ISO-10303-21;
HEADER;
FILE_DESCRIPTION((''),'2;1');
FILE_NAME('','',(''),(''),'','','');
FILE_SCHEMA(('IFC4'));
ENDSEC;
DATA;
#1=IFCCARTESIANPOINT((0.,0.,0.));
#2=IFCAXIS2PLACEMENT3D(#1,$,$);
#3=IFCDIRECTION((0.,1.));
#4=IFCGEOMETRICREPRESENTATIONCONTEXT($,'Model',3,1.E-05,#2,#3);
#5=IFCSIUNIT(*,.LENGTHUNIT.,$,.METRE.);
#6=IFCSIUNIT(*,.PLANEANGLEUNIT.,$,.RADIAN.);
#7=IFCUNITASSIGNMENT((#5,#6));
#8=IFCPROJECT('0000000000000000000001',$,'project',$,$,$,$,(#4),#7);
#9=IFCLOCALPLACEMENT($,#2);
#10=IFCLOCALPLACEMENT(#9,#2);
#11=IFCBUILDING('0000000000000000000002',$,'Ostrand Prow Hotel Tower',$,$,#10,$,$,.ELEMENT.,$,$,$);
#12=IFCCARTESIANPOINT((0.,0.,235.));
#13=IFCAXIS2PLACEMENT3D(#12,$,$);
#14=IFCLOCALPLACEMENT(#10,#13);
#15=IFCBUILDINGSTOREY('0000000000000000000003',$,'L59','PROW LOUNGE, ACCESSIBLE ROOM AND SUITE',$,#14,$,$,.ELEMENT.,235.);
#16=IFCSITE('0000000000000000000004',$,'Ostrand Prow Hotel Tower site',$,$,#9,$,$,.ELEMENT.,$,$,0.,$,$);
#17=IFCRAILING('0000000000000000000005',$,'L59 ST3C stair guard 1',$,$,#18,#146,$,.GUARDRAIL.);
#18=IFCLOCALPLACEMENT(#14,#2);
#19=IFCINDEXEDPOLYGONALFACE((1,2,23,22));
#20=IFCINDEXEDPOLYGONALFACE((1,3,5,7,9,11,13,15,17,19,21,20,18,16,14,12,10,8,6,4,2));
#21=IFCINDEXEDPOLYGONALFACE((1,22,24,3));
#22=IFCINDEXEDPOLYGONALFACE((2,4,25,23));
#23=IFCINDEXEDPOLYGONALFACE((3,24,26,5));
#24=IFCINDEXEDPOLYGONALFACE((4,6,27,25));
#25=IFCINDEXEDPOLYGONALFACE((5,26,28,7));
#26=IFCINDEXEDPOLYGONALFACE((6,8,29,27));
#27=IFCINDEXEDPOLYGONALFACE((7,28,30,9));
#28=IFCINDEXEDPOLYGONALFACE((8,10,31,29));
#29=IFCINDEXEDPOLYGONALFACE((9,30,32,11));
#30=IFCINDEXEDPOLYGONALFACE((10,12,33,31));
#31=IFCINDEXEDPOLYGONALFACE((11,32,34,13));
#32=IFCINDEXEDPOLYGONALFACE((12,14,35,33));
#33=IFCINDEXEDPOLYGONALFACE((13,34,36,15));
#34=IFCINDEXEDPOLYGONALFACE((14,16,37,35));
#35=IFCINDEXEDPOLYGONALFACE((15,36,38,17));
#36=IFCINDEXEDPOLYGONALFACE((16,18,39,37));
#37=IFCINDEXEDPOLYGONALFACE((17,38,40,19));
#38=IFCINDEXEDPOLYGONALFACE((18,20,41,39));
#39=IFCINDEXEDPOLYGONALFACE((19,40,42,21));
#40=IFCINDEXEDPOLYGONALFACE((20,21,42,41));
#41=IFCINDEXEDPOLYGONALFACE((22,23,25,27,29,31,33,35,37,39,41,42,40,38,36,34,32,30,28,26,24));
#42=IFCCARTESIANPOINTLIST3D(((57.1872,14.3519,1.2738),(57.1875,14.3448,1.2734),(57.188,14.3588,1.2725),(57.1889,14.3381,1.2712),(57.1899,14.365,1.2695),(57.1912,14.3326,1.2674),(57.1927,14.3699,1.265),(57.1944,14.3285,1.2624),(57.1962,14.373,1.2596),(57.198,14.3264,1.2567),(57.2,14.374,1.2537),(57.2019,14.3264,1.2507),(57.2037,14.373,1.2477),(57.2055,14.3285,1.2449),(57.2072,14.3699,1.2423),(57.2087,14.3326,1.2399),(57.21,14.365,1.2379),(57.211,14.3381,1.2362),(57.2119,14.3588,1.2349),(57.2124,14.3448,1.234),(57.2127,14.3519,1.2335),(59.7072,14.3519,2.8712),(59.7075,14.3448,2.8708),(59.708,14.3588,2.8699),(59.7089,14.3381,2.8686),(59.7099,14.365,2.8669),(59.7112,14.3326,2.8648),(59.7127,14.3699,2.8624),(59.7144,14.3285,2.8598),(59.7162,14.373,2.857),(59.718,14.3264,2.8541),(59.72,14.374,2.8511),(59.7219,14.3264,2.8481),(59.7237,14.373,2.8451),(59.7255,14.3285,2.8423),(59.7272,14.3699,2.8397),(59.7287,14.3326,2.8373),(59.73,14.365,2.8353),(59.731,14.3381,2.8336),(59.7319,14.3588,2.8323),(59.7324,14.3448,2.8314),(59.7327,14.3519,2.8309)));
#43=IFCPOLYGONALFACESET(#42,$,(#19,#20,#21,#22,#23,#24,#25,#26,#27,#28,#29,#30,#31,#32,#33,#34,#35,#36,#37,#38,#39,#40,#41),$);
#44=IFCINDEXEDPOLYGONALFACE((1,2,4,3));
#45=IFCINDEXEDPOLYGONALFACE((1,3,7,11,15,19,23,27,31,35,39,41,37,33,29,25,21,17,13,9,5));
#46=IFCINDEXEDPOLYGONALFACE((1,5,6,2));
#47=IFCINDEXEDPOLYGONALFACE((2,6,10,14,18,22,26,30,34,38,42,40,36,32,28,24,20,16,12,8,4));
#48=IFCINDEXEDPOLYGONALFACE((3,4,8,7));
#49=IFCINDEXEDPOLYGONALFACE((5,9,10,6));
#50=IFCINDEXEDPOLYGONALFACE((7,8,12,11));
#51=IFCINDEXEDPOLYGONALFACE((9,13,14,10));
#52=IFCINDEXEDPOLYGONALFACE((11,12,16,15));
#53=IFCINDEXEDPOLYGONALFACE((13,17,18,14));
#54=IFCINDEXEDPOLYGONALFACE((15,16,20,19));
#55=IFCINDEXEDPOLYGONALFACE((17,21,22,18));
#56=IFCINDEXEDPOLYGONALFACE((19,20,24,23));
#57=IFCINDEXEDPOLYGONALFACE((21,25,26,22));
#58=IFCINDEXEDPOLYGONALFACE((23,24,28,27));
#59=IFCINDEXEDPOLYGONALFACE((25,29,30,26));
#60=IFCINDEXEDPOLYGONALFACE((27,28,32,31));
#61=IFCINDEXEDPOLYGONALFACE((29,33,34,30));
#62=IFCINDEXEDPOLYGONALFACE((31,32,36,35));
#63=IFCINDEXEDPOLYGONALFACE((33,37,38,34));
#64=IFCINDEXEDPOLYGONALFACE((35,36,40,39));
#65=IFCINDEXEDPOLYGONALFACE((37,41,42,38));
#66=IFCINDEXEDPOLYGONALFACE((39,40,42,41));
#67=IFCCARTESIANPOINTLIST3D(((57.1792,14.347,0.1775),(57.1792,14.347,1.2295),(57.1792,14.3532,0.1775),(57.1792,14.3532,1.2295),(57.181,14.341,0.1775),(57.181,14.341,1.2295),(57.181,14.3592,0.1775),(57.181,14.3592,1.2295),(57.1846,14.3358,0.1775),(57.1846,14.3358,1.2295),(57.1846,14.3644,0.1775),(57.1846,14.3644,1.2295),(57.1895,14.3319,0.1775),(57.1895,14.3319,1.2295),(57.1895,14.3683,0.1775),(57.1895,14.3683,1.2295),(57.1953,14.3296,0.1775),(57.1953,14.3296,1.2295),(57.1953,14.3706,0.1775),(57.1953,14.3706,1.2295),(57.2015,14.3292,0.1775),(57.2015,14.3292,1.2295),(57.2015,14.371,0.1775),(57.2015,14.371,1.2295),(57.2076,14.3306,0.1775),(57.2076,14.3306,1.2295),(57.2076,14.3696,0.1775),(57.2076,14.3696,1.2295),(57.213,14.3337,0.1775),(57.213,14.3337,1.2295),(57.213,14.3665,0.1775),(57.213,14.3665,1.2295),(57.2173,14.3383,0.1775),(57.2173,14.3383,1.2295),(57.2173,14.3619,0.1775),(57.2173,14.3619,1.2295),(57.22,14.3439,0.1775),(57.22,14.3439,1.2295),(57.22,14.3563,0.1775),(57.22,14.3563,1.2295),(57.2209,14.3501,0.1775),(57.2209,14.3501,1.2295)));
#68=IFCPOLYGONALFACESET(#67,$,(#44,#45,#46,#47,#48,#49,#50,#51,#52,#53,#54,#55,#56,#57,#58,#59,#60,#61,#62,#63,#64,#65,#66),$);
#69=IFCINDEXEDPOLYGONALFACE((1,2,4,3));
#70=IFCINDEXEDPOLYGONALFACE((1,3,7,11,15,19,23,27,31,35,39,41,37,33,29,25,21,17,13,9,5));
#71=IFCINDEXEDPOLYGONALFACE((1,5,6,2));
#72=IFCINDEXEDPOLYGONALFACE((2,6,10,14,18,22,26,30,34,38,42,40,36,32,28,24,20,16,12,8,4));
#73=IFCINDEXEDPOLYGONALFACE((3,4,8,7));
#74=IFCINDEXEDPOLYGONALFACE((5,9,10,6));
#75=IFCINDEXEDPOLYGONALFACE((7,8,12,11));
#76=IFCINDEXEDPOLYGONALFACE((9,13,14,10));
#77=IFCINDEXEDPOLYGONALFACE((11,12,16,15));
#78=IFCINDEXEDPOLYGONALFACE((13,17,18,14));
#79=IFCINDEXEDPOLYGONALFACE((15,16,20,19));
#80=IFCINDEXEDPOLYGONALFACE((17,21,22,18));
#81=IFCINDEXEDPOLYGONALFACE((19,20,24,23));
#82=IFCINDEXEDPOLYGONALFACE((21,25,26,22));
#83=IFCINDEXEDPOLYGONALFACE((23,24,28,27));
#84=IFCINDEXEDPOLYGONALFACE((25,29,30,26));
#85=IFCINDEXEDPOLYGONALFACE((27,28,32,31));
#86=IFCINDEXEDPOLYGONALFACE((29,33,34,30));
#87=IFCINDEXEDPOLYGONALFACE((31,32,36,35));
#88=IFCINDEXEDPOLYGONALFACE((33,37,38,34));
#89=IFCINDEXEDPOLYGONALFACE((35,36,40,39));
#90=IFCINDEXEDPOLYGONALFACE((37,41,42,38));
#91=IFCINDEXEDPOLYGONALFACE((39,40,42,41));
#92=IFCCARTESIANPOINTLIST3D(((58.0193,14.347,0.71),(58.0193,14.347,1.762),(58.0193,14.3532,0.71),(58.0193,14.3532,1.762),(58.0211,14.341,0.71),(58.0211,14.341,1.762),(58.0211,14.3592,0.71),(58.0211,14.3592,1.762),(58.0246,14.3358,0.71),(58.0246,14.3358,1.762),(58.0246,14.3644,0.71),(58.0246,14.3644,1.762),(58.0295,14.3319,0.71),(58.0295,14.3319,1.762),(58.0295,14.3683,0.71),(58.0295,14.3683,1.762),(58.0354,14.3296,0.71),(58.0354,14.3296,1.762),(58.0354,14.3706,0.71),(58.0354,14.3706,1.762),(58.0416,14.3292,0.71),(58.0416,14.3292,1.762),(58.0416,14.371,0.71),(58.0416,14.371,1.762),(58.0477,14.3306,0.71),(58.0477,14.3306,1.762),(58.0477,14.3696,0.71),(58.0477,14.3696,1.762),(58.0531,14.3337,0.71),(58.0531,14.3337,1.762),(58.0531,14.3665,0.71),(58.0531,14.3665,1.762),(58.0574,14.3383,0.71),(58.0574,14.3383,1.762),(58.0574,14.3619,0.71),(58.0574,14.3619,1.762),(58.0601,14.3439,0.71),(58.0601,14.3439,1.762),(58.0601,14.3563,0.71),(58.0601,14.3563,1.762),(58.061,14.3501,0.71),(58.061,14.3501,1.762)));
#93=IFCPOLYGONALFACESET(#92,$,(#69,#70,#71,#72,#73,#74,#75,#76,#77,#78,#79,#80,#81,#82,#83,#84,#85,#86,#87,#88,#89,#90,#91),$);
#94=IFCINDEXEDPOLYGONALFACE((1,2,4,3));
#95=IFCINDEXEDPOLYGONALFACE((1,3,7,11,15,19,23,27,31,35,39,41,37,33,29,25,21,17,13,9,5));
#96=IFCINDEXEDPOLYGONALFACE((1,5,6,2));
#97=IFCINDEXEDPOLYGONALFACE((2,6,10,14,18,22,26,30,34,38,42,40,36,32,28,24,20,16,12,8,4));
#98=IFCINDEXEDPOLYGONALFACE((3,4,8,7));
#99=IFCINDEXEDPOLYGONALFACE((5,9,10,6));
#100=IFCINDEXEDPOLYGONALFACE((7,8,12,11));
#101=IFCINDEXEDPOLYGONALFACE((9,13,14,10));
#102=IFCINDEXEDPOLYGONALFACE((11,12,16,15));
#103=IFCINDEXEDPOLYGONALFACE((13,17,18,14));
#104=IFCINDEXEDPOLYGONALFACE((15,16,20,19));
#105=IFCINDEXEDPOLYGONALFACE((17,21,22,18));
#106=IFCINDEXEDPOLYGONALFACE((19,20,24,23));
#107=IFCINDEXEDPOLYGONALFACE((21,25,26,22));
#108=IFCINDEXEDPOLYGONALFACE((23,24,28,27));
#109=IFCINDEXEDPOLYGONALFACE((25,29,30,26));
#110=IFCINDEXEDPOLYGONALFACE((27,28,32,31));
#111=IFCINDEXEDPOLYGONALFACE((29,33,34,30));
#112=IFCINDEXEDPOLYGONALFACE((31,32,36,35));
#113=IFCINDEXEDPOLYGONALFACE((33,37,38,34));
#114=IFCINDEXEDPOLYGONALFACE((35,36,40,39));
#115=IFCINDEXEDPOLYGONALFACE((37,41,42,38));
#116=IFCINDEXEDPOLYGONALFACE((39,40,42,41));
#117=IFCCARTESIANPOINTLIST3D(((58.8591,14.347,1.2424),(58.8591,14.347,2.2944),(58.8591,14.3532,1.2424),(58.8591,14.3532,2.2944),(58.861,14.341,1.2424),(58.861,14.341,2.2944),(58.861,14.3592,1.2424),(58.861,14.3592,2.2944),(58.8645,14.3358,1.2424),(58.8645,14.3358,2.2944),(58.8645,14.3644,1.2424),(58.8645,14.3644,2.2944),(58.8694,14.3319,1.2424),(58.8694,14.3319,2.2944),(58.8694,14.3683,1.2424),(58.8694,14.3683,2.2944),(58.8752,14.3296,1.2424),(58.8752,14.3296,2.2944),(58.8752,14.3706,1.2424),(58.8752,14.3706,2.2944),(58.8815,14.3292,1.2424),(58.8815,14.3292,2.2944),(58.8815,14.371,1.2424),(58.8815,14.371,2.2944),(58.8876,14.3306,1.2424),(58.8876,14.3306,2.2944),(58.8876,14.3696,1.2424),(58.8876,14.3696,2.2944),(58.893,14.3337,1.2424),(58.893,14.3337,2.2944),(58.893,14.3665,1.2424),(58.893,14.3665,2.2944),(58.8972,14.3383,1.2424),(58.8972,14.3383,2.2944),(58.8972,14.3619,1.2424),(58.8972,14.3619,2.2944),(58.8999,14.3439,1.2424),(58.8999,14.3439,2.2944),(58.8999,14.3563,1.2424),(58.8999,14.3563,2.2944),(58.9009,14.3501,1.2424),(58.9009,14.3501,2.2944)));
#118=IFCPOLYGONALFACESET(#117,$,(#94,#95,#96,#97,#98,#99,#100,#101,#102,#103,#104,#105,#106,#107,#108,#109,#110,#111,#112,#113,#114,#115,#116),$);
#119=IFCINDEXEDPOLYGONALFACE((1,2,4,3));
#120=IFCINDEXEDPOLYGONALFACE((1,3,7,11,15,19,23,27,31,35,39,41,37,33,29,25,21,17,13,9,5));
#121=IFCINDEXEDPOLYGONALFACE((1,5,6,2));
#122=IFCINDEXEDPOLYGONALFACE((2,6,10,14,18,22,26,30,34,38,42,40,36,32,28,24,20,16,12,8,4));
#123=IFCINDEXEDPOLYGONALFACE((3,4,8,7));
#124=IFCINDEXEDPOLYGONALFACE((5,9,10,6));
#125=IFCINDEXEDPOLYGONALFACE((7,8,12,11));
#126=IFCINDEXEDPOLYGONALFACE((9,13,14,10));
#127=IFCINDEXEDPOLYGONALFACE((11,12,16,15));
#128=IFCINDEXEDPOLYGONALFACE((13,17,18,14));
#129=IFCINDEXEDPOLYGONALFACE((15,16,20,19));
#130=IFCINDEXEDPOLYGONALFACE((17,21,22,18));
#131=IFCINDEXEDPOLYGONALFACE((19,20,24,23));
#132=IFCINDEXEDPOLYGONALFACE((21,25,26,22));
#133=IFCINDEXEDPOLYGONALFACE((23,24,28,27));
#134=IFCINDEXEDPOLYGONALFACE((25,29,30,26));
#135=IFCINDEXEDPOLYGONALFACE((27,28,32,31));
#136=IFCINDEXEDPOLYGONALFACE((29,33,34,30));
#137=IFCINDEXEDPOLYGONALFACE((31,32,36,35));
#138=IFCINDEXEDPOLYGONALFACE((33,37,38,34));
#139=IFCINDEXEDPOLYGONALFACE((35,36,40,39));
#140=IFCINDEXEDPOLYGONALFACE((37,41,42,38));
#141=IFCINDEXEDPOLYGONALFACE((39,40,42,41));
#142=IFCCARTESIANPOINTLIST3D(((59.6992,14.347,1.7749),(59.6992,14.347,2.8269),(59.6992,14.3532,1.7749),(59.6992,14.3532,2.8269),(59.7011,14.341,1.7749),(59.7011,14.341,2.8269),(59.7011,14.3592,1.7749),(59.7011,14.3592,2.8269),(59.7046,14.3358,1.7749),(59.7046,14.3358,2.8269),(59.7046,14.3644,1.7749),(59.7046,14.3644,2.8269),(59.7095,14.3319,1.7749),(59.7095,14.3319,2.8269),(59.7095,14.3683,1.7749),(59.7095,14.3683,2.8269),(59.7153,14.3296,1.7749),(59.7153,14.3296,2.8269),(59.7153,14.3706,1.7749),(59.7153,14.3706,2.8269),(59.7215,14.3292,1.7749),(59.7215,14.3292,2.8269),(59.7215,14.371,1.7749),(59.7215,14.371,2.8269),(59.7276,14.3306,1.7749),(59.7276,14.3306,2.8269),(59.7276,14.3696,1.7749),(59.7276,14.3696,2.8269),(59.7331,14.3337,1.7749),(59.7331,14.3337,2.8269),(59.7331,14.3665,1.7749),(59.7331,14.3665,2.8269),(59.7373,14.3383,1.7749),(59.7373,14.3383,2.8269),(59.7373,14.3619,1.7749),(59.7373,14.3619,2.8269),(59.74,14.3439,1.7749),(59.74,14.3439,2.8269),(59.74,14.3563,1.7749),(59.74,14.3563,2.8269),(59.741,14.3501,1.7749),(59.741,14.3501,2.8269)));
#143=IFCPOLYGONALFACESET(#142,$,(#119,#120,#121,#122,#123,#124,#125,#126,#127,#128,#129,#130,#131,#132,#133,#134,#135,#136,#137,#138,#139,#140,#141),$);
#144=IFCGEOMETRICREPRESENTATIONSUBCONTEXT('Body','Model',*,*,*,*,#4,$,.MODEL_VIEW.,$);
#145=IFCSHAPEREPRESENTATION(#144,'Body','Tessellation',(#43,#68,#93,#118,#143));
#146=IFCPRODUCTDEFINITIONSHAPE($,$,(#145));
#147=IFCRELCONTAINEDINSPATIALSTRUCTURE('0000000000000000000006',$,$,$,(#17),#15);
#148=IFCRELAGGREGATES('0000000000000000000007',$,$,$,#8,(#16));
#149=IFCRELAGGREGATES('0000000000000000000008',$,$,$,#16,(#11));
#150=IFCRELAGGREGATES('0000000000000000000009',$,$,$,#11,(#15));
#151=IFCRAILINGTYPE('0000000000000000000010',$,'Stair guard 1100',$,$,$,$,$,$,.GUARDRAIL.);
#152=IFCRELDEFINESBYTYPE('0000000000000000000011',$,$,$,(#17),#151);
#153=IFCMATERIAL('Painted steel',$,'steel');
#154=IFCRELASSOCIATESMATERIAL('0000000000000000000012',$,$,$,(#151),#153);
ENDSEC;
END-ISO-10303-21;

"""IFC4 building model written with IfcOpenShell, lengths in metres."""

from ifc_helpers import new_model, si_unit, direction, frame, origin, origin_2d, place, context, subcontext, project, spatial, circle, extrude, material, type_object, element, save


model = new_model("IFC4")

# Units and contexts
model_context = context("Model", 3, precision=1e-05, world=origin(), true_north=direction((0.0, 1.0)))
body_context = subcontext(model_context, "Body", "Model", "MODEL_VIEW")
ifc_project = project(units=[si_unit("LENGTHUNIT", "METRE"), si_unit("PLANEANGLEUNIT", "RADIAN")], contexts=[model_context])

# Site, building, storey
site_placement = place(None, origin())
site = spatial("IfcSite", under=ifc_project, at=site_placement, Name="Ostrand Prow Hotel Tower site", CompositionType="ELEMENT", RefElevation=0.0)
building_placement = place(site_placement, origin())
building = spatial("IfcBuilding", under=site, at=building_placement, Name="Ostrand Prow Hotel Tower", CompositionType="ELEMENT")
storey_placement = place(building_placement, frame((0.0, 0.0, 235.0)))
storey = spatial("IfcBuildingStorey", under=building, at=storey_placement, Name="L59", Description="PROW LOUNGE, ACCESSIBLE ROOM AND SUITE", CompositionType="ELEMENT", Elevation=235.0)

# Railing
ifc_material_1 = material(Name="Painted steel", Category="steel")
railing_type_1 = type_object("IfcRailingType", Name="Stair guard 1100", PredefinedType="GUARDRAIL", material=ifc_material_1)
railing_1_placement = place(storey_placement, frame((57.2, 14.3501, 0.1775)))
element("IfcRailing", 1, at=railing_1_placement, inside=storey, type_object=railing_type_1, Name="L59 ST3C stair guard 1", PredefinedType="GUARDRAIL", context=body_context, shape_type="SweptSolid", body=[
    extrude(circle(Radius=0.0239, at=origin_2d()), frame((0.0, 0.0, 1.0762), z_axis=(0.844607, 0.0, 0.535387), x_axis=(0.0, 1.0, 0.0)), (0.0, 0.0, 1.0), 2.9836),
    extrude(circle(Radius=0.021, at=origin_2d()), origin(), (0.0, 0.0, 1.0), 1.052),
    extrude(circle(Radius=0.021, at=origin_2d()), frame((0.8401, 0.0, 0.5325)), (0.0, 0.0, 1.0), 1.052),
    extrude(circle(Radius=0.021, at=origin_2d()), frame((1.6799, 0.0, 1.0649)), (0.0, 0.0, 1.0), 1.052),
    extrude(circle(Radius=0.021, at=origin_2d()), frame((2.52, 0.0, 1.5974)), (0.0, 0.0, 1.0), 1.052),
])

save(model, "model.ifc")
